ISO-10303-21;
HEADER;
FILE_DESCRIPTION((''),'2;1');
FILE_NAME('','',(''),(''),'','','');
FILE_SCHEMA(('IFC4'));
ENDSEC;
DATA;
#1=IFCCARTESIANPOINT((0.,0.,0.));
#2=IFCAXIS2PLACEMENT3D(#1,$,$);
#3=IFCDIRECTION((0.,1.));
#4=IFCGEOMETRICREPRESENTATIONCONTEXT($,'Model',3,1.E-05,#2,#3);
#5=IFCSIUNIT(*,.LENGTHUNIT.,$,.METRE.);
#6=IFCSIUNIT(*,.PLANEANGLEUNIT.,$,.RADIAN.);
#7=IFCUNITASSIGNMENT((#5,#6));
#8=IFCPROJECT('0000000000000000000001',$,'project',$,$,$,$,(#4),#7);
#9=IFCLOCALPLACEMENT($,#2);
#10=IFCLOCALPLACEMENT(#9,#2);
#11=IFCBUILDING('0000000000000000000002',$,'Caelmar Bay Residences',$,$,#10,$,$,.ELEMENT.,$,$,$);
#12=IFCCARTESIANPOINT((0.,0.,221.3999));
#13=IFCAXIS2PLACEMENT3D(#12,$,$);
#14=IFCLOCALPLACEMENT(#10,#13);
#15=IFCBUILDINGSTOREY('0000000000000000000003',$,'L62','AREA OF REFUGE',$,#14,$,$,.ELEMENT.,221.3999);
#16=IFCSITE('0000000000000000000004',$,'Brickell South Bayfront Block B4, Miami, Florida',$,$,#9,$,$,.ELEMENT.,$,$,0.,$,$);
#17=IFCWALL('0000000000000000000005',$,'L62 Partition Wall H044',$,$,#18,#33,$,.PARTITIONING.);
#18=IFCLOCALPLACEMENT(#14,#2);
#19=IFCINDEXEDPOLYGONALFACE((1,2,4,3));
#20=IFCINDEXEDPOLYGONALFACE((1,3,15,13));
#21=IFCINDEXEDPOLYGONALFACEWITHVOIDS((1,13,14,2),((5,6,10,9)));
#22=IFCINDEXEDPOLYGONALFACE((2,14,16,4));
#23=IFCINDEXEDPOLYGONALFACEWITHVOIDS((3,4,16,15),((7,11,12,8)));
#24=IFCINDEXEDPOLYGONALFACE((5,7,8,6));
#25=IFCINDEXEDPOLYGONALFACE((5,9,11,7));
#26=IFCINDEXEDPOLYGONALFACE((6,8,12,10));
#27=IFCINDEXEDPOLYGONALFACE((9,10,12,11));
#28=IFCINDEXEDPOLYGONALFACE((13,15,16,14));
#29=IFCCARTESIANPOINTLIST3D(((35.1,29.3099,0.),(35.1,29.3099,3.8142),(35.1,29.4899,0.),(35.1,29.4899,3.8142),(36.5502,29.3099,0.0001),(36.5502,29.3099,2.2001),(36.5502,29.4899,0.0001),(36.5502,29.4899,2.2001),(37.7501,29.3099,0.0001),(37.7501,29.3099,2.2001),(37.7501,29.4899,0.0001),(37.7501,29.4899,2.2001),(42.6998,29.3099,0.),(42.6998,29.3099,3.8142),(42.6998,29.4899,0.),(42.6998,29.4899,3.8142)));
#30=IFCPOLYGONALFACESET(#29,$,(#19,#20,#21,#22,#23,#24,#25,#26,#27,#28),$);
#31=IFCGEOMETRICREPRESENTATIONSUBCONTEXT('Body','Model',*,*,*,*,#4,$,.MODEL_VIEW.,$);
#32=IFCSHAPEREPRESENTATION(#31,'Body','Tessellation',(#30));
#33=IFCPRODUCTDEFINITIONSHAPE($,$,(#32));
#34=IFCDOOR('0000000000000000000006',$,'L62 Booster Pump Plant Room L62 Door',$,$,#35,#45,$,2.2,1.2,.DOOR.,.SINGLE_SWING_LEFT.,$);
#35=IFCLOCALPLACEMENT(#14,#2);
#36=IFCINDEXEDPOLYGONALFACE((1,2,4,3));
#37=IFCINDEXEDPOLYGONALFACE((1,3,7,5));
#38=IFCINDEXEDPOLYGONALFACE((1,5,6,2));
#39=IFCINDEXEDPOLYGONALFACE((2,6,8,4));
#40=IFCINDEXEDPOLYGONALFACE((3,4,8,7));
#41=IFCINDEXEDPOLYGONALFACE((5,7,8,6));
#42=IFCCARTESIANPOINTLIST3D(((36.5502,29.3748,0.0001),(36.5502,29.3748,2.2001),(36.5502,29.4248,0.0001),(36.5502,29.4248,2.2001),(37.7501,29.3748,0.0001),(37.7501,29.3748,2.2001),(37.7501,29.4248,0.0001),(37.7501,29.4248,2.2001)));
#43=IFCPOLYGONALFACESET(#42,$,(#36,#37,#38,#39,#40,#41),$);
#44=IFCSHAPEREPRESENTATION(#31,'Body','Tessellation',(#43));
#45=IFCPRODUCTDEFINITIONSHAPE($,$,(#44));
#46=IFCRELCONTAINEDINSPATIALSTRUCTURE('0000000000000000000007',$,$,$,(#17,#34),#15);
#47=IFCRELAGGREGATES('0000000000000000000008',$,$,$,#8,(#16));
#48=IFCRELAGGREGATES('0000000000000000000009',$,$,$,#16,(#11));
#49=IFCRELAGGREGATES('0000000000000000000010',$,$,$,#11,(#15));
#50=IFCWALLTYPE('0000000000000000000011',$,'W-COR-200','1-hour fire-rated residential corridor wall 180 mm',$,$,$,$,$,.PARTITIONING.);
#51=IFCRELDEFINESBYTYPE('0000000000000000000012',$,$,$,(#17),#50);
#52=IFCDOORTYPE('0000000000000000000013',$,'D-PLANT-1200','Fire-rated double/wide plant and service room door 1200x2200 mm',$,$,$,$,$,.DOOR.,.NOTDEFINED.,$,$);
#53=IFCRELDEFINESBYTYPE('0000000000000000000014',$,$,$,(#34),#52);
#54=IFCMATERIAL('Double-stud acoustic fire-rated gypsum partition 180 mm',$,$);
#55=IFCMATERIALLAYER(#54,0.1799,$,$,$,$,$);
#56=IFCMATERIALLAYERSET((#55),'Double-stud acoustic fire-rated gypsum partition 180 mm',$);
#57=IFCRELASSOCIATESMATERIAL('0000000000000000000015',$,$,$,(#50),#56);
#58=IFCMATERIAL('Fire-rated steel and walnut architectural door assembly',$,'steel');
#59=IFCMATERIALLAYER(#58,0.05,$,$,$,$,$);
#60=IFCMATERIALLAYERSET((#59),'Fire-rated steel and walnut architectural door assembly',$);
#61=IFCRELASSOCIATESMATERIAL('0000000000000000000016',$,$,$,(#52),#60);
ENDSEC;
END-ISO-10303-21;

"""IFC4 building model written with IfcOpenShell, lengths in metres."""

from ifc_helpers import new_model, si_unit, direction, frame, frame_2d, origin, place, context, subcontext, project, spatial, rectangle, extrude, material, layer, layer_set, type_object, element, fill, save


model = new_model("IFC4")

# Units and contexts
model_context = context("Model", 3, precision=1e-05, world=origin(), true_north=direction((0.0, 1.0)))
body_context = subcontext(model_context, "Body", "Model", "MODEL_VIEW")
ifc_project = project(units=[si_unit("LENGTHUNIT", "METRE"), si_unit("PLANEANGLEUNIT", "RADIAN")], contexts=[model_context])

# Site, building, storey
site_placement = place(None, origin())
site = spatial("IfcSite", under=ifc_project, at=site_placement, Name="Brickell South Bayfront Block B4, Miami, Florida", CompositionType="ELEMENT", RefElevation=0.0)
building_placement = place(site_placement, origin())
building = spatial("IfcBuilding", under=site, at=building_placement, Name="Caelmar Bay Residences", CompositionType="ELEMENT")
storey_placement = place(building_placement, frame((0.0, 0.0, 221.3999)))
storey = spatial("IfcBuildingStorey", under=building, at=storey_placement, Name="L62", Description="AREA OF REFUGE", CompositionType="ELEMENT", Elevation=221.3999)

# Wall, opening, door
ifc_material_1 = material(Name="Double-stud acoustic fire-rated gypsum partition 180 mm")
ifc_layer_1 = layer(ifc_material_1, 0.1799)
ifc_layer_set_1 = layer_set([ifc_layer_1], Name="Double-stud acoustic fire-rated gypsum partition 180 mm")
wall_type_1 = type_object("IfcWallType", Name="W-COR-200", Description="1-hour fire-rated residential corridor wall 180 mm", PredefinedType="PARTITIONING", material=ifc_layer_set_1)
wall_1_placement = place(storey_placement, frame((35.1001, 29.3999, 0.0), z_axis=(0.0, 0.0, 1.0), x_axis=(1.0, 0.0, 0.0)))
wall_1 = element("IfcWall", 1, at=wall_1_placement, inside=storey, type_object=wall_type_1, Name="L62 Partition Wall H044", PredefinedType="PARTITIONING", context=body_context, shape_type="SweptSolid", body=[
    extrude(rectangle(XDim=7.5999, YDim=0.1799, at=frame_2d((3.7998, 0.0))), origin(), (0.0, 0.0, 1.0), 3.8142),
])
opening_placement = place(wall_1_placement, frame((1.45, 0.0, 0.0)))
opening = element("IfcOpeningElement", 2, at=opening_placement, cuts=wall_1, PredefinedType="OPENING", context=body_context, shape_type="SweptSolid", body=[
    extrude(rectangle(XDim=1.2, YDim=2.2, at=frame_2d((0.6001, 1.1001))), frame((0.0, 0.0999, 0.0), z_axis=(0.0, -1.0, 0.0), x_axis=(1.0, 0.0, 0.0)), (0.0, 0.0, 1.0), 0.2),
])
ifc_material_2 = material(Name="Fire-rated steel and walnut architectural door assembly", Category="steel")
ifc_layer_2 = layer(ifc_material_2, 0.05)
ifc_layer_set_2 = layer_set([ifc_layer_2], Name="Fire-rated steel and walnut architectural door assembly")
door_type = type_object("IfcDoorType", Name="D-PLANT-1200", Description="Fire-rated double/wide plant and service room door 1200x2200 mm", OperationType="NOTDEFINED", PredefinedType="DOOR", material=ifc_layer_set_2)
door_placement = place(opening_placement, origin())
door = element("IfcDoor", 3, at=door_placement, inside=storey, type_object=door_type, Name="L62 Booster Pump Plant Room L62 Door", OperationType="SINGLE_SWING_LEFT", OverallHeight=2.2, OverallWidth=1.2, PredefinedType="DOOR", context=body_context, shape_type="SweptSolid", body=[
    extrude(rectangle(XDim=1.2, YDim=2.2, at=frame_2d((0.6001, 1.1001))), frame((0.0, 0.0249, 0.0), z_axis=(0.0, -1.0, 0.0), x_axis=(1.0, 0.0, 0.0)), (0.0, 0.0, 1.0), 0.05),
])
fill(opening, door)

save(model, "model.ifc")
